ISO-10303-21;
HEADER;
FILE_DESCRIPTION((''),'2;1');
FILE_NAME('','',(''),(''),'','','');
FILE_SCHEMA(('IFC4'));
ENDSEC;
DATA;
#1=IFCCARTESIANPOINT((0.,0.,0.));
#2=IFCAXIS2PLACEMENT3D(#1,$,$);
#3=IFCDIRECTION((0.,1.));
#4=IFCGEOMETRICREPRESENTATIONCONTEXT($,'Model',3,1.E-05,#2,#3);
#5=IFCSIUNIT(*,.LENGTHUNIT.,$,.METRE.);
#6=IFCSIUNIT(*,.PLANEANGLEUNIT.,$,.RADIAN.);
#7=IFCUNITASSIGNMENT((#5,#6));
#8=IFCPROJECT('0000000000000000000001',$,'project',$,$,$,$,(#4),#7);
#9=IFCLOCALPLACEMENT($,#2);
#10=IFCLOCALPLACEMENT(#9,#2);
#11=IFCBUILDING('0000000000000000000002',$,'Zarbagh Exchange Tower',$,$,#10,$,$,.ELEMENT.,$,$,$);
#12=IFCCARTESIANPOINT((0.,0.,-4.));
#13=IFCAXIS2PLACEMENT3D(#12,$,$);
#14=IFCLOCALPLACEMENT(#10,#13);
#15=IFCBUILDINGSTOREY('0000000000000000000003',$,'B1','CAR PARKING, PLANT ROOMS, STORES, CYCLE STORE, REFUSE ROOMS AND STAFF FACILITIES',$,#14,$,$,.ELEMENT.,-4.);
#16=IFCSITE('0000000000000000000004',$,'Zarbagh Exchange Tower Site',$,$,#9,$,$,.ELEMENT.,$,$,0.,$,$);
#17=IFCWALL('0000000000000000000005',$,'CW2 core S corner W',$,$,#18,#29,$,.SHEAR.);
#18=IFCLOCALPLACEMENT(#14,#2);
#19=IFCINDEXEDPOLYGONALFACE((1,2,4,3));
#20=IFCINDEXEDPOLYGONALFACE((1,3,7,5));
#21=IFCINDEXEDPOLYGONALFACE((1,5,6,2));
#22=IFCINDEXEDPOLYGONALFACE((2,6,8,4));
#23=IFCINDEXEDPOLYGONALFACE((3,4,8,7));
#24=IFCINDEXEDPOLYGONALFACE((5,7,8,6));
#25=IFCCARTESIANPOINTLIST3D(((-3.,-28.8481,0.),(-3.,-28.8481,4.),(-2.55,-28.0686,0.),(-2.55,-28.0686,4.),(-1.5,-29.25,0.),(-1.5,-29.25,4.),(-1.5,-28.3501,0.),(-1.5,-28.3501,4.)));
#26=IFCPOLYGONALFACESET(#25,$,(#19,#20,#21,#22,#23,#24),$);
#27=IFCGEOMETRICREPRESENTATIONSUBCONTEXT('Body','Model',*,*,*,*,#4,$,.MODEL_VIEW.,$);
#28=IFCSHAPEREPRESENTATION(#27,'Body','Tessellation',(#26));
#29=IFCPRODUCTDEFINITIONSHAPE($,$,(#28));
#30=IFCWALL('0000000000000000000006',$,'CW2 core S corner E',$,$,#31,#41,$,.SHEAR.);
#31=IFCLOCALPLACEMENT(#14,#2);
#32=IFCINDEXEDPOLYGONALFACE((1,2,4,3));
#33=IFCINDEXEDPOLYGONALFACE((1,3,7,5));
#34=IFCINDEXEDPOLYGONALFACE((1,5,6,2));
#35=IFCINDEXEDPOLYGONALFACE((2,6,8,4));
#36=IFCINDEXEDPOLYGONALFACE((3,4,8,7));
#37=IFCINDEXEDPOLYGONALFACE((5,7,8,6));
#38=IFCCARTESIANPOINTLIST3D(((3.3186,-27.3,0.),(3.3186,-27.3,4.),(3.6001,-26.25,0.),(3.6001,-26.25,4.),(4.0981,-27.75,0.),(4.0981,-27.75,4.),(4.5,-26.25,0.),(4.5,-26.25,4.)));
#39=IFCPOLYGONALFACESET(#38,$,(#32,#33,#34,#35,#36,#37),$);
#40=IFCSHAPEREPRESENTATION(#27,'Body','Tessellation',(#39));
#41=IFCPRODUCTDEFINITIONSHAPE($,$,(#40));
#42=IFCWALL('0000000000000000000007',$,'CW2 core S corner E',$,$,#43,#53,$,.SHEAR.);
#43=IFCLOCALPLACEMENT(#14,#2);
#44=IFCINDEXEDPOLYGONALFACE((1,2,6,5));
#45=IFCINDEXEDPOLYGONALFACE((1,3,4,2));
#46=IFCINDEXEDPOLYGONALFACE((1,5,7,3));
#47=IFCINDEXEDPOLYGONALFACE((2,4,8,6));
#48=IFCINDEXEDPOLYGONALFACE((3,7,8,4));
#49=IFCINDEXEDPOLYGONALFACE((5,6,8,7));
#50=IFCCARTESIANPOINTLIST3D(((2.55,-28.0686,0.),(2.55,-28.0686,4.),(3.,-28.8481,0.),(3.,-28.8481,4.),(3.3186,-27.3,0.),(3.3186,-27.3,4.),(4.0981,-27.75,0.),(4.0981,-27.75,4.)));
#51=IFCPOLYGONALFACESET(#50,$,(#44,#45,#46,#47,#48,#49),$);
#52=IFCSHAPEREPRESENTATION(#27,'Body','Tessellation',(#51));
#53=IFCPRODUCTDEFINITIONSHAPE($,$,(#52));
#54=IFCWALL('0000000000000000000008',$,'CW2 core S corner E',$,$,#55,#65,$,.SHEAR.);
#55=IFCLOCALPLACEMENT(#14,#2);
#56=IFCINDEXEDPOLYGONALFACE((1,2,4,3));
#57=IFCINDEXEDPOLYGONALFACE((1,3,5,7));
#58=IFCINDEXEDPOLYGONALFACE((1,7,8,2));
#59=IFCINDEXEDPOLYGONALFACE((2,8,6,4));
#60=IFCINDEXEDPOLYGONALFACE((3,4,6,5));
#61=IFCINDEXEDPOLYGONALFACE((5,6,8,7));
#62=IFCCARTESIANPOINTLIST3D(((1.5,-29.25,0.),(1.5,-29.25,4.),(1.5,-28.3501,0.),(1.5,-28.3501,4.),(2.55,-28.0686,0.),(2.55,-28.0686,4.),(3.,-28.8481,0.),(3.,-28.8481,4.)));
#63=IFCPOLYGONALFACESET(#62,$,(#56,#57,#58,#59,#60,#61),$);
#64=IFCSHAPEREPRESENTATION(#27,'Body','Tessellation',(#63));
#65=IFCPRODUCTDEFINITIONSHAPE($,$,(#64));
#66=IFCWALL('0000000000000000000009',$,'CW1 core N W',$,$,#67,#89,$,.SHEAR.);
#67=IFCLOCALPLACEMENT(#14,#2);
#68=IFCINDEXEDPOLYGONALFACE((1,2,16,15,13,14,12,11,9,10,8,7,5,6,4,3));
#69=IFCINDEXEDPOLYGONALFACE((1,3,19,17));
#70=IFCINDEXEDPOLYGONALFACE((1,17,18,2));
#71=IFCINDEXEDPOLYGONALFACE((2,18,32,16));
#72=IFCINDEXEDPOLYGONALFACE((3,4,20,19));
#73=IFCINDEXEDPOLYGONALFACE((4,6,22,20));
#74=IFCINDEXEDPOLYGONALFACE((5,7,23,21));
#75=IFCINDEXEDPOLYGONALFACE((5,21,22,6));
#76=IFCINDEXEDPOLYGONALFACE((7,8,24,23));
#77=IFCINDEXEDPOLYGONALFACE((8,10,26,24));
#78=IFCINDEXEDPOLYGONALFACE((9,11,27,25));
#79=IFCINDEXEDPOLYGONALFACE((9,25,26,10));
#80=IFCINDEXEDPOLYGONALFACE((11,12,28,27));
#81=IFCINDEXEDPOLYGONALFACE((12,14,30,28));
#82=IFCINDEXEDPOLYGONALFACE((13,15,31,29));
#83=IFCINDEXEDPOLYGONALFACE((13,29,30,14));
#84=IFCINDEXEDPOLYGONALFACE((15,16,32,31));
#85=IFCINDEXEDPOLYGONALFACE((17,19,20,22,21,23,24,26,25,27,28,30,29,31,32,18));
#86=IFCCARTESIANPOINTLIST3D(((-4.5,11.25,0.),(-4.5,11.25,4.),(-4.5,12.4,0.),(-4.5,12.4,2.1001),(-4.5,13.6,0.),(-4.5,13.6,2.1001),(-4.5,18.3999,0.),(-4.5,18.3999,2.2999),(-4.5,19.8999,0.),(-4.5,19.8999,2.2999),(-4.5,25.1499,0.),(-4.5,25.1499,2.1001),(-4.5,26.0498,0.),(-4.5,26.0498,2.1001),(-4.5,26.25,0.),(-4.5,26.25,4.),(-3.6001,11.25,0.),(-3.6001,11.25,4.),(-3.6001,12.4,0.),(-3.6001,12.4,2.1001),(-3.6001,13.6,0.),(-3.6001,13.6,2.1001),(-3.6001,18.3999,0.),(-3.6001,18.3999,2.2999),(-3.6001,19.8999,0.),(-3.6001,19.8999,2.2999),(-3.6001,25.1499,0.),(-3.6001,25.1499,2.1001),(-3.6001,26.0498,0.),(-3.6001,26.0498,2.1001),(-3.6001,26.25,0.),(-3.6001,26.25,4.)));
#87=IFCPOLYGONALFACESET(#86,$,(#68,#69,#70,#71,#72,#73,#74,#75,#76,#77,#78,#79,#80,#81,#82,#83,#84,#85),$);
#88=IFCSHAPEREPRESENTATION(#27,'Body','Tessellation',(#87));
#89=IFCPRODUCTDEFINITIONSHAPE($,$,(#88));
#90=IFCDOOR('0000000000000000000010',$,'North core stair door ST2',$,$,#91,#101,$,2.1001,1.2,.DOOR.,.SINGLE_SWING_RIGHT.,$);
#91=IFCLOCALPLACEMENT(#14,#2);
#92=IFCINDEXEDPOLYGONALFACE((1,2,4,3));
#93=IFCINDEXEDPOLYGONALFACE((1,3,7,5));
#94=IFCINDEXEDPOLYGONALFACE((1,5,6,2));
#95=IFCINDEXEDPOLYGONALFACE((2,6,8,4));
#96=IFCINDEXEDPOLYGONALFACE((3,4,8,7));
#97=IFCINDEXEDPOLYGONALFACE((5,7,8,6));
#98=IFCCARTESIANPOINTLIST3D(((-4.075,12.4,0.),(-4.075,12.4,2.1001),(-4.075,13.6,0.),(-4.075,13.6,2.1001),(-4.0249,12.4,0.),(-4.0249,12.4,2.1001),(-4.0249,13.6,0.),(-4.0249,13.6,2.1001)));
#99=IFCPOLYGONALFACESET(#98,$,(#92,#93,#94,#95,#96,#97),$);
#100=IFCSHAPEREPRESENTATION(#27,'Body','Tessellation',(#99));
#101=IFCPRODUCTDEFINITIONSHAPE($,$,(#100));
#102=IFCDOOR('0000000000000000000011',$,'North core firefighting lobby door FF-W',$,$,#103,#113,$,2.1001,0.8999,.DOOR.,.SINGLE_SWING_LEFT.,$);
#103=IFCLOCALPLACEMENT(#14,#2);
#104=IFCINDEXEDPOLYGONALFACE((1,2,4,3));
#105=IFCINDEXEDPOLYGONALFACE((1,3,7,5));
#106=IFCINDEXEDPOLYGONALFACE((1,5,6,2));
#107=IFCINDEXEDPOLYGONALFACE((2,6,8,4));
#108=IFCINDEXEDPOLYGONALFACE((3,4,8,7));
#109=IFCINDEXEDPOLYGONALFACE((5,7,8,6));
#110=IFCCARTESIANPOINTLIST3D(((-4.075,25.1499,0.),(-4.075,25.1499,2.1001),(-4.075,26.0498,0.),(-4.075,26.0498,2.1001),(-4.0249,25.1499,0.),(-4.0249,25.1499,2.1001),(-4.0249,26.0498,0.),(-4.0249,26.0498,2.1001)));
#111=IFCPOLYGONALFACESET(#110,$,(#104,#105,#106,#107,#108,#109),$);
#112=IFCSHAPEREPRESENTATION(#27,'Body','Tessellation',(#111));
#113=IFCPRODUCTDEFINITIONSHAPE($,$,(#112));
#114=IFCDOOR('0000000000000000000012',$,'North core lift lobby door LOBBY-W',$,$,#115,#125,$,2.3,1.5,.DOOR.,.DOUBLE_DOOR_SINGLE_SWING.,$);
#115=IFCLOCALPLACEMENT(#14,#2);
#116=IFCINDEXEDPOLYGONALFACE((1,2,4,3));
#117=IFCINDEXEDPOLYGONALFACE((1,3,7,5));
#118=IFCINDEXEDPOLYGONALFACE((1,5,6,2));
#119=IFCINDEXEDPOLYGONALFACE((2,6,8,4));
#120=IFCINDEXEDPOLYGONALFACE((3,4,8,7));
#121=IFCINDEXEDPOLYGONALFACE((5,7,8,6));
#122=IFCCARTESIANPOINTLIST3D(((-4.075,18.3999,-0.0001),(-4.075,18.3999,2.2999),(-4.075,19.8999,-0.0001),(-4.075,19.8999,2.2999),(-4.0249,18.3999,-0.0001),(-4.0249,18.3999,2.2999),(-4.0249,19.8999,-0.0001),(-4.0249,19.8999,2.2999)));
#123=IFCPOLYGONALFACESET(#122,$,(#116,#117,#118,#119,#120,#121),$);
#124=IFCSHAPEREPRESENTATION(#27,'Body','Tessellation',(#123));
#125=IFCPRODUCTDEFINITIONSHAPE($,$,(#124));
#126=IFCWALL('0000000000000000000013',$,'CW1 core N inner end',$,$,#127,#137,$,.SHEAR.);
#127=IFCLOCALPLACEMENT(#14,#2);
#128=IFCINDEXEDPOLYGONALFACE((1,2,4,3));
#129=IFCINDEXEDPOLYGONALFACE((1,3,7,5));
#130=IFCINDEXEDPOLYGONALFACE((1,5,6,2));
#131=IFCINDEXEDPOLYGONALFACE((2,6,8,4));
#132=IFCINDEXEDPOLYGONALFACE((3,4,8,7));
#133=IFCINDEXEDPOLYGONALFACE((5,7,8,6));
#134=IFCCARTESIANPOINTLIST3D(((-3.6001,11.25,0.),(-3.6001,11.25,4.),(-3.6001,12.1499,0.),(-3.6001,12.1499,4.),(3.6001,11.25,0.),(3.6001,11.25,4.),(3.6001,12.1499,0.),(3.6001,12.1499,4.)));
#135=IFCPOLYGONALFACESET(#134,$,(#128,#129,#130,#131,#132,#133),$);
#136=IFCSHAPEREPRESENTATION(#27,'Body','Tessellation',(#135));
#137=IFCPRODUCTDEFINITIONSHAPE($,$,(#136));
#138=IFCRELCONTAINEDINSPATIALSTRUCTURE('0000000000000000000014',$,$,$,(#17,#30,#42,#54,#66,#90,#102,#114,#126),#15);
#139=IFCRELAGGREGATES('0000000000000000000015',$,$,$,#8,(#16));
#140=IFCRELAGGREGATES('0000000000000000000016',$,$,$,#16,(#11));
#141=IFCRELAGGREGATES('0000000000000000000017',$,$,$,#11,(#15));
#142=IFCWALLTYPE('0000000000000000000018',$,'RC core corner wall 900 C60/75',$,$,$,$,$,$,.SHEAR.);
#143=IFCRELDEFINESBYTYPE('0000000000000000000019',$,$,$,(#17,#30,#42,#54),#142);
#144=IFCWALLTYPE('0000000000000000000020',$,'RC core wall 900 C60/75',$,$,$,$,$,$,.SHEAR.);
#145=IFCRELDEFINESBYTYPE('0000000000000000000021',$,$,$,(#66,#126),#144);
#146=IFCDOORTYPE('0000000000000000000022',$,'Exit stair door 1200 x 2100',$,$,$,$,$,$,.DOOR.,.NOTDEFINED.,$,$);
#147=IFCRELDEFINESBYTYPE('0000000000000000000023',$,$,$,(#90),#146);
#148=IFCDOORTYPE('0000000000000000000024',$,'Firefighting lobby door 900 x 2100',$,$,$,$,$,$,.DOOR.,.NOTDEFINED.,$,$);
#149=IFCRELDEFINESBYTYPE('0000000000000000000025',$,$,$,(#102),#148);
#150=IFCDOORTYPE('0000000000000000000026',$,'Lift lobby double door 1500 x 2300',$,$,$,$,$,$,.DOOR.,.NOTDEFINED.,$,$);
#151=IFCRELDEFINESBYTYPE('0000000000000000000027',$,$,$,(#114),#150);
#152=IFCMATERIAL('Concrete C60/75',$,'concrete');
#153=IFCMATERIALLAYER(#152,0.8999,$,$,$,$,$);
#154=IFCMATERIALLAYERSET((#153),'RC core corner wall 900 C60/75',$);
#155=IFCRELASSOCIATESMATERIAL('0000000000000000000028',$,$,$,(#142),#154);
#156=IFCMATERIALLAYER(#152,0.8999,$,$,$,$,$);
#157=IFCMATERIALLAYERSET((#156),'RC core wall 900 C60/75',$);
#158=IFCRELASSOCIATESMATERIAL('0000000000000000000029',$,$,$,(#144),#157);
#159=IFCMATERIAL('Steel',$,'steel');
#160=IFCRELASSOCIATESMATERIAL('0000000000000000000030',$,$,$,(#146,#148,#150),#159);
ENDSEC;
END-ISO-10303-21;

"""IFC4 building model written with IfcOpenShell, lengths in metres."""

from ifc_helpers import new_model, si_unit, direction, frame, frame_2d, origin, place, context, subcontext, project, spatial, polyline, rectangle, outline, extrude, material, layer, layer_set, type_object, element, fill, save


model = new_model("IFC4")

# Units and contexts
model_context = context("Model", 3, precision=1e-05, world=origin(), true_north=direction((0.0, 1.0)))
body_context = subcontext(model_context, "Body", "Model", "MODEL_VIEW")
ifc_project = project(units=[si_unit("LENGTHUNIT", "METRE"), si_unit("PLANEANGLEUNIT", "RADIAN")], contexts=[model_context])

# Site, building, storey
site_placement = place(None, origin())
site = spatial("IfcSite", under=ifc_project, at=site_placement, Name="Zarbagh Exchange Tower Site", CompositionType="ELEMENT", RefElevation=0.0)
building_placement = place(site_placement, origin())
building = spatial("IfcBuilding", under=site, at=building_placement, Name="Zarbagh Exchange Tower", CompositionType="ELEMENT")
storey_placement = place(building_placement, frame((0.0, 0.0, -4.0)))
storey = spatial("IfcBuildingStorey", under=building, at=storey_placement, Name="B1", Description="CAR PARKING, PLANT ROOMS, STORES, CYCLE STORE, REFUSE ROOMS AND STAFF FACILITIES", CompositionType="ELEMENT", Elevation=-4.0)

# Walls
ifc_material_1 = material(Name="Concrete C60/75", Category="concrete")
ifc_layer_1 = layer(ifc_material_1, 0.8999)
ifc_layer_set_1 = layer_set([ifc_layer_1], Name="RC core corner wall 900 C60/75")
wall_type_1 = type_object("IfcWallType", Name="RC core corner wall 900 C60/75", PredefinedType="SHEAR", material=ifc_layer_set_1)
wall_1_placement = place(storey_placement, origin())
element("IfcWall", 1, at=wall_1_placement, inside=storey, type_object=wall_type_1, Name="CW2 core S corner W", PredefinedType="SHEAR", context=body_context, shape_type="SweptSolid", body=[
    extrude(outline(polyline([(-3.0, -28.8481), (-1.5, -29.25), (-1.5, -28.3501), (-2.55, -28.0686), (-3.0, -28.8481)])), origin(), (0.0, 0.0, 1.0), 4.0),
])
wall_2_placement = place(storey_placement, origin())
element("IfcWall", 2, at=wall_2_placement, inside=storey, type_object=wall_type_1, Name="CW2 core S corner E", PredefinedType="SHEAR", context=body_context, shape_type="SweptSolid", body=[
    extrude(outline(polyline([(4.5, -26.25), (4.0981, -27.75), (3.3186, -27.3), (3.6001, -26.25), (4.5, -26.25)])), origin(), (0.0, 0.0, 1.0), 4.0),
])
wall_3_placement = place(storey_placement, origin())
element("IfcWall", 3, at=wall_3_placement, inside=storey, type_object=wall_type_1, Name="CW2 core S corner E", PredefinedType="SHEAR", context=body_context, shape_type="SweptSolid", body=[
    extrude(outline(polyline([(4.0981, -27.75), (3.0, -28.8481), (2.55, -28.0686), (3.3186, -27.3), (4.0981, -27.75)])), origin(), (0.0, 0.0, 1.0), 4.0),
])
wall_4_placement = place(storey_placement, origin())
element("IfcWall", 4, at=wall_4_placement, inside=storey, type_object=wall_type_1, Name="CW2 core S corner E", PredefinedType="SHEAR", context=body_context, shape_type="SweptSolid", body=[
    extrude(outline(polyline([(3.0, -28.8481), (1.5, -29.25), (1.5, -28.3501), (2.55, -28.0686), (3.0, -28.8481)])), origin(), (0.0, 0.0, 1.0), 4.0),
])

# Wall, openings, doors
ifc_layer_2 = layer(ifc_material_1, 0.8999)
ifc_layer_set_2 = layer_set([ifc_layer_2], Name="RC core wall 900 C60/75")
wall_type_2 = type_object("IfcWallType", Name="RC core wall 900 C60/75", PredefinedType="SHEAR", material=ifc_layer_set_2)
wall_5_placement = place(storey_placement, frame((-4.05, 11.25, 0.0), z_axis=(0.0, 0.0, 1.0), x_axis=(0.0, 1.0, 0.0)))
wall_5 = element("IfcWall", 5, at=wall_5_placement, inside=storey, type_object=wall_type_2, Name="CW1 core N W", PredefinedType="SHEAR", context=body_context, shape_type="SweptSolid", body=[
    extrude(rectangle(XDim=15.0, YDim=0.8999, at=frame_2d((7.5, 0.0))), origin(), (0.0, 0.0, 1.0), 4.0),
])
opening_1_placement = place(wall_5_placement, frame((7.1499, 0.0, 0.0)))
opening_1 = element("IfcOpeningElement", 6, at=opening_1_placement, cuts=wall_5, PredefinedType="OPENING", context=body_context, shape_type="SweptSolid", body=[
    extrude(rectangle(XDim=1.5, YDim=2.3, at=frame_2d((0.75, 1.1499))), frame((0.0, 0.46, 0.0), z_axis=(0.0, -1.0, 0.0), x_axis=(1.0, 0.0, 0.0)), (0.0, 0.0, 1.0), 0.9199),
])
opening_2_placement = place(wall_5_placement, frame((13.8999, 0.0, 0.0)))
opening_2 = element("IfcOpeningElement", 7, at=opening_2_placement, cuts=wall_5, PredefinedType="OPENING", context=body_context, shape_type="SweptSolid", body=[
    extrude(rectangle(XDim=0.8999, YDim=2.1001, at=frame_2d((0.45, 1.05))), frame((0.0, 0.46, 0.0), z_axis=(0.0, -1.0, 0.0), x_axis=(1.0, 0.0, 0.0)), (0.0, 0.0, 1.0), 0.9199),
])
opening_3_placement = place(wall_5_placement, frame((1.1499, 0.0, 0.0)))
opening_3 = element("IfcOpeningElement", 8, at=opening_3_placement, cuts=wall_5, PredefinedType="OPENING", context=body_context, shape_type="SweptSolid", body=[
    extrude(rectangle(XDim=1.2, YDim=2.1001, at=frame_2d((0.6001, 1.05))), frame((0.0, 0.46, 0.0), z_axis=(0.0, -1.0, 0.0), x_axis=(1.0, 0.0, 0.0)), (0.0, 0.0, 1.0), 0.9199),
])
ifc_material_2 = material(Name="Steel", Category="steel")
door_type_1 = type_object("IfcDoorType", Name="Exit stair door 1200 x 2100", OperationType="NOTDEFINED", PredefinedType="DOOR", material=ifc_material_2)
door_1_placement = place(opening_3_placement, origin())
door_1 = element("IfcDoor", 9, at=door_1_placement, inside=storey, type_object=door_type_1, Name="North core stair door ST2", OperationType="SINGLE_SWING_RIGHT", OverallHeight=2.1001, OverallWidth=1.2, PredefinedType="DOOR", context=body_context, shape_type="SweptSolid", body=[
    extrude(rectangle(XDim=1.2, YDim=2.1001, at=frame_2d((0.6001, 1.05))), frame((0.0, 0.0249, 0.0), z_axis=(0.0, -1.0, 0.0), x_axis=(1.0, 0.0, 0.0)), (0.0, 0.0, 1.0), 0.05),
])
fill(opening_3, door_1)
door_type_2 = type_object("IfcDoorType", Name="Firefighting lobby door 900 x 2100", OperationType="NOTDEFINED", PredefinedType="DOOR", material=ifc_material_2)
door_2_placement = place(opening_2_placement, origin())
door_2 = element("IfcDoor", 10, at=door_2_placement, inside=storey, type_object=door_type_2, Name="North core firefighting lobby door FF-W", OperationType="SINGLE_SWING_LEFT", OverallHeight=2.1001, OverallWidth=0.8999, PredefinedType="DOOR", context=body_context, shape_type="SweptSolid", body=[
    extrude(rectangle(XDim=0.8999, YDim=2.1001, at=frame_2d((0.45, 1.05))), frame((0.0, 0.0249, 0.0), z_axis=(0.0, -1.0, 0.0), x_axis=(1.0, 0.0, 0.0)), (0.0, 0.0, 1.0), 0.05),
])
fill(opening_2, door_2)
door_type_3 = type_object("IfcDoorType", Name="Lift lobby double door 1500 x 2300", OperationType="NOTDEFINED", PredefinedType="DOOR", material=ifc_material_2)
door_3_placement = place(opening_1_placement, origin())
door_3 = element("IfcDoor", 11, at=door_3_placement, inside=storey, type_object=door_type_3, Name="North core lift lobby door LOBBY-W", OperationType="DOUBLE_DOOR_SINGLE_SWING", OverallHeight=2.3, OverallWidth=1.5, PredefinedType="DOOR", context=body_context, shape_type="SweptSolid", body=[
    extrude(rectangle(XDim=1.5, YDim=2.3, at=frame_2d((0.75, 1.1499))), frame((0.0, 0.0249, 0.0), z_axis=(0.0, -1.0, 0.0), x_axis=(1.0, 0.0, 0.0)), (0.0, 0.0, 1.0), 0.05),
])
fill(opening_1, door_3)

# Wall
wall_6_placement = place(storey_placement, frame((-3.6001, 11.7, 0.0), z_axis=(0.0, 0.0, 1.0), x_axis=(1.0, 0.0, 0.0)))
element("IfcWall", 12, at=wall_6_placement, inside=storey, type_object=wall_type_2, Name="CW1 core N inner end", PredefinedType="SHEAR", context=body_context, shape_type="SweptSolid", body=[
    extrude(rectangle(XDim=7.2002, YDim=0.8999, at=frame_2d((3.6001, 0.0))), origin(), (0.0, 0.0, 1.0), 4.0),
])

save(model, "model.ifc")
